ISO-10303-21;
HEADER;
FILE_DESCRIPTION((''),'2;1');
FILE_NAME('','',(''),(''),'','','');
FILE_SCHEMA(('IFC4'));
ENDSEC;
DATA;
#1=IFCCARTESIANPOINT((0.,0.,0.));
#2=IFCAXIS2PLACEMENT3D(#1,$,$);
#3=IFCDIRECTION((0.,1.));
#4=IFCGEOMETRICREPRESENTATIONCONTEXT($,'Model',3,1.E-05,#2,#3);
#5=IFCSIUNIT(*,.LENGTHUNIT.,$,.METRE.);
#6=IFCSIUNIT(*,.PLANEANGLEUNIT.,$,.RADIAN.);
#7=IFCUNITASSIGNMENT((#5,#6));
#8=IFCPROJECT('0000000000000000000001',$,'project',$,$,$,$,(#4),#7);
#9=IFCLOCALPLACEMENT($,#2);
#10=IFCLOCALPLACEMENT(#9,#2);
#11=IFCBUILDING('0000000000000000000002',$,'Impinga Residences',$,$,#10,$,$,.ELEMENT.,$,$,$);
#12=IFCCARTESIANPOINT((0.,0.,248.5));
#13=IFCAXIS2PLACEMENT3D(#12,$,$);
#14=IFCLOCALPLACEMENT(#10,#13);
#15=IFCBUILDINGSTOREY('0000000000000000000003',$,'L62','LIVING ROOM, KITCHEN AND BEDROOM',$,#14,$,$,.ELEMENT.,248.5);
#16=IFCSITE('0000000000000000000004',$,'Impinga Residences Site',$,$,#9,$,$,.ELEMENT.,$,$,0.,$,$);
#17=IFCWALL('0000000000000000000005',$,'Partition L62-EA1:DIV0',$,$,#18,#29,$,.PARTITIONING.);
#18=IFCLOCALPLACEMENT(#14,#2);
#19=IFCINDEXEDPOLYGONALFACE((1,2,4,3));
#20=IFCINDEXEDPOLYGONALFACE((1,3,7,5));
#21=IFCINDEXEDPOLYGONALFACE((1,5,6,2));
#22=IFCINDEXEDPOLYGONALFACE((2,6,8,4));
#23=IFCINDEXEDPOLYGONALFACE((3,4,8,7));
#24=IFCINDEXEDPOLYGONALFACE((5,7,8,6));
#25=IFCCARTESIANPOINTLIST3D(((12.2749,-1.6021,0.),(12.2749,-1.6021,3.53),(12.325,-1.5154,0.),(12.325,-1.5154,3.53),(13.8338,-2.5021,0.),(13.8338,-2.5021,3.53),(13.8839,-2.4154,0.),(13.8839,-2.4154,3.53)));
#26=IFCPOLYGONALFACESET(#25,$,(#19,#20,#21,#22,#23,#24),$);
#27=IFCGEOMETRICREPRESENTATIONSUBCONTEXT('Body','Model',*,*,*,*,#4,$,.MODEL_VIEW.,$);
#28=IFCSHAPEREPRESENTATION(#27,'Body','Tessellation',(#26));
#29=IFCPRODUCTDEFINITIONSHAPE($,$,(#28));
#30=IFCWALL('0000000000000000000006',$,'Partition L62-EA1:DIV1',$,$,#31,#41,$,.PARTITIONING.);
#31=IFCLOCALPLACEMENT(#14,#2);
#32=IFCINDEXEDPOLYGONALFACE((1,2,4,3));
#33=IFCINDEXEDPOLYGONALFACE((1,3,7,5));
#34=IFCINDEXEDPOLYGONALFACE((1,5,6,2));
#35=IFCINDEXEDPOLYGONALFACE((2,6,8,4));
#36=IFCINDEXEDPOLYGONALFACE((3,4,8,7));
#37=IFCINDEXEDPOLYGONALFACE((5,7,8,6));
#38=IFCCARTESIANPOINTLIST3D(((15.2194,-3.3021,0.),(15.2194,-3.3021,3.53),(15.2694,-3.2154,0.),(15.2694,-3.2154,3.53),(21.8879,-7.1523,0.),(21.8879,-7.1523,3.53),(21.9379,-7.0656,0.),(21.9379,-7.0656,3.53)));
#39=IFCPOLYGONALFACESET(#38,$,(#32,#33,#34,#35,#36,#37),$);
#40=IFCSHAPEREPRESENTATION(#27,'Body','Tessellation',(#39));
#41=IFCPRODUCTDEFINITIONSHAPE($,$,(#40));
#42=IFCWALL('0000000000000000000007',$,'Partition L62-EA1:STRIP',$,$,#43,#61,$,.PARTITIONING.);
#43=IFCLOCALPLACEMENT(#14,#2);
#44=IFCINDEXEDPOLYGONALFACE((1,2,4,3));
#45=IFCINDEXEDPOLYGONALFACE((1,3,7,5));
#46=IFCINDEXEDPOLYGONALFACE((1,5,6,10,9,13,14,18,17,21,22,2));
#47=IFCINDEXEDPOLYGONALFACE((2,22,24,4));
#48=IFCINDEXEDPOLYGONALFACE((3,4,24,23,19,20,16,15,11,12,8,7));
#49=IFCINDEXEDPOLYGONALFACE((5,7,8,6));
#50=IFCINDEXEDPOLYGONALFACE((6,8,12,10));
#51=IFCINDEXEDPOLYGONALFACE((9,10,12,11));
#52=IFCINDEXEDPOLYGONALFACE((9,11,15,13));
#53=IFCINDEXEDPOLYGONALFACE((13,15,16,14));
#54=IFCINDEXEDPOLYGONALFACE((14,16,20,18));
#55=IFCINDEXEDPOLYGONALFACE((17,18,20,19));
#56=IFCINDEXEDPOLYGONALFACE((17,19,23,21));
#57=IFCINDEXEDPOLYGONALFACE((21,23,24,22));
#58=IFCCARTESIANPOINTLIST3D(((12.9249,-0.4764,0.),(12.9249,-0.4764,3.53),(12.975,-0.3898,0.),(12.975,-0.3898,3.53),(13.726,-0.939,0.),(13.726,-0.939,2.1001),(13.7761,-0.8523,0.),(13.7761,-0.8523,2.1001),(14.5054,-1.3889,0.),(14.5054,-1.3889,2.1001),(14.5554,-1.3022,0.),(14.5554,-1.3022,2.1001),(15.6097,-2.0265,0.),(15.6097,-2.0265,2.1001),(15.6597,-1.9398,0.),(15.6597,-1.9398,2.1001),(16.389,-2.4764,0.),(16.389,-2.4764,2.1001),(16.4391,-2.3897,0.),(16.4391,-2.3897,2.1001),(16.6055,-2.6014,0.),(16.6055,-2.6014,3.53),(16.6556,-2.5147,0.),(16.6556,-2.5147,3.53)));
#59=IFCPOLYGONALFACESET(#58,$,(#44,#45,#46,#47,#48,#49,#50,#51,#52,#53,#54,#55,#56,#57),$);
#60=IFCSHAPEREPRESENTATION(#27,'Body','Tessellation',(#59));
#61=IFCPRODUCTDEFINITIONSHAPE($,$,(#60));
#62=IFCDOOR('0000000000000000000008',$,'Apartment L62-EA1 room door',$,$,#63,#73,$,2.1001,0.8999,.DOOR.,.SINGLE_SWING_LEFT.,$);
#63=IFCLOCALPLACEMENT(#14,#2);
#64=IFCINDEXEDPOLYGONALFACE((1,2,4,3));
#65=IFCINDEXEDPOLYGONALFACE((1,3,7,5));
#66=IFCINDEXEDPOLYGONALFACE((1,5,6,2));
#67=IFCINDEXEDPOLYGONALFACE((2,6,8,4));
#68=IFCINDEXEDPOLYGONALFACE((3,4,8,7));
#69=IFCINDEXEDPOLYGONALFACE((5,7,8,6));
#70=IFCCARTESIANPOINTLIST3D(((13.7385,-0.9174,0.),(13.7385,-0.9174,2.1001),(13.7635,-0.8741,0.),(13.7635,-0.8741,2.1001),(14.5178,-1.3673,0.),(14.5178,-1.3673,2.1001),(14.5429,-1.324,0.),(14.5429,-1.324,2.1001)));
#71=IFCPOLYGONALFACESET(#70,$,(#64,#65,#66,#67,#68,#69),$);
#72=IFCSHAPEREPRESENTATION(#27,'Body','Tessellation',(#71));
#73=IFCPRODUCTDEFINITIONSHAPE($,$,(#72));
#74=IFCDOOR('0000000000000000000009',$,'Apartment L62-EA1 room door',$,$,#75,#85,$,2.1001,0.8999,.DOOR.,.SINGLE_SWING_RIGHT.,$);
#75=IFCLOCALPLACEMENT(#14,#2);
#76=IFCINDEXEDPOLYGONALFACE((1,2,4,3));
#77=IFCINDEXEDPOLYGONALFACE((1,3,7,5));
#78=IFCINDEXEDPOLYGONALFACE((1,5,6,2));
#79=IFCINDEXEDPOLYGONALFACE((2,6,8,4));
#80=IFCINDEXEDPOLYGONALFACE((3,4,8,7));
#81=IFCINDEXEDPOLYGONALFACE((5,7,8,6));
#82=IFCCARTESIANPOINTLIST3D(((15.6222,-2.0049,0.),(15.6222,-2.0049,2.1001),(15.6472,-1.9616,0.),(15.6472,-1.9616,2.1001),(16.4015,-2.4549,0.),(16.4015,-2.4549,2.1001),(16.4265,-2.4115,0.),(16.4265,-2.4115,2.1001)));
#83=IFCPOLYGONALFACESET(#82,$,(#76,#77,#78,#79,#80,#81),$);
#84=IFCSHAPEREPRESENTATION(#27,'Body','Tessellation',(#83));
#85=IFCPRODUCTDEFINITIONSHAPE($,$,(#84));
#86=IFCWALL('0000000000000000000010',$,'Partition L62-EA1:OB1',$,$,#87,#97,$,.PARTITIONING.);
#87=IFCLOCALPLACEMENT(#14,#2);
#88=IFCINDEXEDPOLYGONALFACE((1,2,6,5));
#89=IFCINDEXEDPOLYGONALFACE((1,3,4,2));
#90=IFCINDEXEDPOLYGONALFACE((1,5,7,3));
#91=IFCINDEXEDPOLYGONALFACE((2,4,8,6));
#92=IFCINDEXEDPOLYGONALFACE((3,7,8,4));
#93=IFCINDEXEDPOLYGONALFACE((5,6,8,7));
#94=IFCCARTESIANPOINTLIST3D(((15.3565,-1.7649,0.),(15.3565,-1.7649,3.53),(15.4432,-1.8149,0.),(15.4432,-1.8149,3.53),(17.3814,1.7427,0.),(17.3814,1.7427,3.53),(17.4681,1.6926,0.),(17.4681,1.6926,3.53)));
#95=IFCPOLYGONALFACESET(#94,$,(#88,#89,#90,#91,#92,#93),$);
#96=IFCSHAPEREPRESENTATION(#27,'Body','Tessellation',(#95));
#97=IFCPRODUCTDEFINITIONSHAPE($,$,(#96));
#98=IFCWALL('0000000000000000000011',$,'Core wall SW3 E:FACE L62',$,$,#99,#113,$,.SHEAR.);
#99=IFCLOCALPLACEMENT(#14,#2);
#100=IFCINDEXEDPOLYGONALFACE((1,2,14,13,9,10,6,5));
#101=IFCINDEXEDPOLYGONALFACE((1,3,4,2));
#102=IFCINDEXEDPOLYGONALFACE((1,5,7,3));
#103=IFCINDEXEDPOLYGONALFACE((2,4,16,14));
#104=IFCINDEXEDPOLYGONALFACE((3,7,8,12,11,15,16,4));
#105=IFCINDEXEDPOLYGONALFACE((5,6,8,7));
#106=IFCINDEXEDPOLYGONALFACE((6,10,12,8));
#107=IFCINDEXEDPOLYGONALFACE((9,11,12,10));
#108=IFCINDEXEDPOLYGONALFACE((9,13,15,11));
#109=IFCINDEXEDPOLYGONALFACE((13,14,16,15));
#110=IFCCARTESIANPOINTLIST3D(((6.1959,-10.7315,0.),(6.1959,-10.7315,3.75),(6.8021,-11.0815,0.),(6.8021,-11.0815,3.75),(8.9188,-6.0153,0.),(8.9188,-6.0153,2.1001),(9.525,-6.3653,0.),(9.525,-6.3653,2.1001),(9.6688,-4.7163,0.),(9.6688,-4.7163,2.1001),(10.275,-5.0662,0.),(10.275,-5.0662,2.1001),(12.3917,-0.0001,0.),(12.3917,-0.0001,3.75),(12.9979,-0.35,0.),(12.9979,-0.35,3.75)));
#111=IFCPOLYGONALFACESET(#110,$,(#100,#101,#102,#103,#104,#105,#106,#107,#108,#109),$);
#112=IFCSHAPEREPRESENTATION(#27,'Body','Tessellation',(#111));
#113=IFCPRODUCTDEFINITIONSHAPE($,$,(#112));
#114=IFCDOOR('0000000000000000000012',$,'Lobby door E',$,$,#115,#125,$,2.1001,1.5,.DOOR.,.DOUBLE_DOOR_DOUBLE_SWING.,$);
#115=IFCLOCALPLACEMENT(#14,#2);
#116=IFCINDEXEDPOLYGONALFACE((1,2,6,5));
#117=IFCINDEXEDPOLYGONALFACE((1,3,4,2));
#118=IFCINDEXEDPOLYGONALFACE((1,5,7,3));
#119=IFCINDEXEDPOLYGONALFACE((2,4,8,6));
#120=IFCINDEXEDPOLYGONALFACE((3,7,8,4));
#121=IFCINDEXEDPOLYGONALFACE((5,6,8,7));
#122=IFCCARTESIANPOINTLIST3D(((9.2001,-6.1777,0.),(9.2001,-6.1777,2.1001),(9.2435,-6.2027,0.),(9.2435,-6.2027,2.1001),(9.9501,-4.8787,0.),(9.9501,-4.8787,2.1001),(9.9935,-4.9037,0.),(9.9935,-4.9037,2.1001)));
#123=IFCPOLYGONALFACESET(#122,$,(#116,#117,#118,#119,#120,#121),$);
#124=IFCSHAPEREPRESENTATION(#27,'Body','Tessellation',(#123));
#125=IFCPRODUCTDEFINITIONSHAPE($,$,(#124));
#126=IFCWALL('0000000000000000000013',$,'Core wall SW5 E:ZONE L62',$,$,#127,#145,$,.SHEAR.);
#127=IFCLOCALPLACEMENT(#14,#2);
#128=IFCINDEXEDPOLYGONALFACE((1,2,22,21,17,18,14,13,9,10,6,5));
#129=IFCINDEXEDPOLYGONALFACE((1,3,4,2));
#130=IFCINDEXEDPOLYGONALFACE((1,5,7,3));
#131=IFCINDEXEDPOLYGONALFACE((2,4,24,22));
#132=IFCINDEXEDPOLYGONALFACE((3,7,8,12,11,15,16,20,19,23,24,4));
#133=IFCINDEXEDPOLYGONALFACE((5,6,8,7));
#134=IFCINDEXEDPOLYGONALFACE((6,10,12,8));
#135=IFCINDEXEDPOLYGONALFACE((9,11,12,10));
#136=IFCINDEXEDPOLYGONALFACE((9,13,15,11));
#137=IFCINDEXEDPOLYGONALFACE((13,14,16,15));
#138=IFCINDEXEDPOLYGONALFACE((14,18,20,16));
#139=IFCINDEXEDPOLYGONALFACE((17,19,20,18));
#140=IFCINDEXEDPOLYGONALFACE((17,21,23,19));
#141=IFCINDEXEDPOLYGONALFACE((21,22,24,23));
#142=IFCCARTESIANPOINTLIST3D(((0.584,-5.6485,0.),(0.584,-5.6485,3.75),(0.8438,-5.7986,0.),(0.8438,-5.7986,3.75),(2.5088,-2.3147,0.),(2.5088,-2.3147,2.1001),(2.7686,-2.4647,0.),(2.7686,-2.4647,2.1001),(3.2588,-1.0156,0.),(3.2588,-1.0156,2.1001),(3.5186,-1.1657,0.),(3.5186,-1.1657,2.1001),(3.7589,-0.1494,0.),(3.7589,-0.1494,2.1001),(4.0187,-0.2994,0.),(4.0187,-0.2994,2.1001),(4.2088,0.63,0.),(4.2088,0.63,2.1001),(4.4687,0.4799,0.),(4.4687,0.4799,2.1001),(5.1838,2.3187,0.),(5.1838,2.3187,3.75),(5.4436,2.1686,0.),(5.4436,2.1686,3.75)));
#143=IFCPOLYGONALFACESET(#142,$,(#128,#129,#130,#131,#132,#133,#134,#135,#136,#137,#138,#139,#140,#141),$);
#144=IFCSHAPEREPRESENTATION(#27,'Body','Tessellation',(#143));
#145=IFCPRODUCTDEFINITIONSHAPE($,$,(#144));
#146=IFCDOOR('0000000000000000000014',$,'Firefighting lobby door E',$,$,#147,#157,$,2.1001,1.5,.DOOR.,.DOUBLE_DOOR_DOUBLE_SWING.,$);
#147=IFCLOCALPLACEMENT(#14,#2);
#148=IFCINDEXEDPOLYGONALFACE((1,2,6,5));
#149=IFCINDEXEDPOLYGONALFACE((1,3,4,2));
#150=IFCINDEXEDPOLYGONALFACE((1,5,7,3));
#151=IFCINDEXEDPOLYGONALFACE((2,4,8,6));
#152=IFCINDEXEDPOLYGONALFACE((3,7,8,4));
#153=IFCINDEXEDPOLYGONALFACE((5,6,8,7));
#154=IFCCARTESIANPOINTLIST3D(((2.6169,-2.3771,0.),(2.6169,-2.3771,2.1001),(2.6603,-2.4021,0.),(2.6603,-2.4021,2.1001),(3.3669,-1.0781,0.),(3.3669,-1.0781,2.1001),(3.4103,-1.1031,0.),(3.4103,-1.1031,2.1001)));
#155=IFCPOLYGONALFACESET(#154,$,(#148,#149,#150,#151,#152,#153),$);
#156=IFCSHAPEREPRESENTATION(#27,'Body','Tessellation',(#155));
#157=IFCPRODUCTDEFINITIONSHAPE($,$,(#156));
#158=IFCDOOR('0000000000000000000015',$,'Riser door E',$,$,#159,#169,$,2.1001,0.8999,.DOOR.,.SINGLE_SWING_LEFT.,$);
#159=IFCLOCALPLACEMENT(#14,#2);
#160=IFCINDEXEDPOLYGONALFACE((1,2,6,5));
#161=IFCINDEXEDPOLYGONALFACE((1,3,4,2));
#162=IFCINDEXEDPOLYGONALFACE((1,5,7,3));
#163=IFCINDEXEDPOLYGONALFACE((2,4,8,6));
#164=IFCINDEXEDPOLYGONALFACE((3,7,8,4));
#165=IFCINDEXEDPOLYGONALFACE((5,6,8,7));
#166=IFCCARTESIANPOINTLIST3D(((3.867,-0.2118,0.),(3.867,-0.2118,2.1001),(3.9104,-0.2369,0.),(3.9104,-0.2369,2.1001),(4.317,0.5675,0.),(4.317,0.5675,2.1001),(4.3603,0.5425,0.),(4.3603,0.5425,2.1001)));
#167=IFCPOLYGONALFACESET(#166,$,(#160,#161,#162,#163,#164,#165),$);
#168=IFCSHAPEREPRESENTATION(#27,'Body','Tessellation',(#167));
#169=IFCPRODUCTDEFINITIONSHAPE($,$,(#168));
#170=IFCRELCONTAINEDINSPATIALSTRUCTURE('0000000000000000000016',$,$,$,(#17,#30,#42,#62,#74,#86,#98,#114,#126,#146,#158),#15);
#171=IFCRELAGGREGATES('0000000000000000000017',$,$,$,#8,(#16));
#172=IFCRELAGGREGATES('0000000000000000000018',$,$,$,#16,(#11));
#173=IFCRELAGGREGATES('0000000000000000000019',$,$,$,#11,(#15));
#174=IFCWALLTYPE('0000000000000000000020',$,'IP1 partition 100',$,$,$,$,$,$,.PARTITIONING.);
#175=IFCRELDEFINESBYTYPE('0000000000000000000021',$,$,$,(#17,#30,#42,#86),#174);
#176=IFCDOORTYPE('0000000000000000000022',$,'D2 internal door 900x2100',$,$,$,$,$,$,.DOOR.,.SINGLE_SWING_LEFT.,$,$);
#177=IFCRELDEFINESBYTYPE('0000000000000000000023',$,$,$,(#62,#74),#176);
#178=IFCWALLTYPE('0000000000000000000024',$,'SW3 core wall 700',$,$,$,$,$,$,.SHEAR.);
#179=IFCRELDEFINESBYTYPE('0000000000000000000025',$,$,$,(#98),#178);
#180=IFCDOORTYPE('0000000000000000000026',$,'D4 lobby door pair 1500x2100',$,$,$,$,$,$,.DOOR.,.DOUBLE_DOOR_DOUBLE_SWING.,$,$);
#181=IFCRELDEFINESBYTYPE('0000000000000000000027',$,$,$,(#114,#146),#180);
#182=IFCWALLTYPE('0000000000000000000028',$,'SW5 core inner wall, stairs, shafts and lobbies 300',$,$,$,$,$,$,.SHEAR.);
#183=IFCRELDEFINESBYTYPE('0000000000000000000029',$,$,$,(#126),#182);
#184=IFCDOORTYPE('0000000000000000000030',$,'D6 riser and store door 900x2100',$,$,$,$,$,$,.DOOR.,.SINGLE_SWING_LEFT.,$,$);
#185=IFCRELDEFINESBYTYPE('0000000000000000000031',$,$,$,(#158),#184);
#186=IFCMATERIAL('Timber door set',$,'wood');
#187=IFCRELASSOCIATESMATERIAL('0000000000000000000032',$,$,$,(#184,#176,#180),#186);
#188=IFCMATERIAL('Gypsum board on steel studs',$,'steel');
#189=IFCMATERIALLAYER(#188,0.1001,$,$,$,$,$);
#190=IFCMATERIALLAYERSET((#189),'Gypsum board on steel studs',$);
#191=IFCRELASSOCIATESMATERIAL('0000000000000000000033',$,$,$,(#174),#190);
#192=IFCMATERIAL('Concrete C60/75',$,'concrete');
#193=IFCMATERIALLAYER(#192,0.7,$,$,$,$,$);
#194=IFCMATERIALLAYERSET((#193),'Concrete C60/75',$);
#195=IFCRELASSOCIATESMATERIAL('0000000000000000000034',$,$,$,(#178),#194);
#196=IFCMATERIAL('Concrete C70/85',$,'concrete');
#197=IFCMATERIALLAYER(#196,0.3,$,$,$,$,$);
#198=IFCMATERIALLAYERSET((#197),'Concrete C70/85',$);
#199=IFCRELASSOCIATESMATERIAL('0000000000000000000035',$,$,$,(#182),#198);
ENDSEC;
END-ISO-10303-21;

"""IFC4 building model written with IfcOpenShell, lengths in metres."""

from ifc_helpers import new_model, si_unit, direction, frame, frame_2d, origin, place, context, subcontext, project, spatial, rectangle, extrude, material, layer, layer_set, type_object, element, fill, save


model = new_model("IFC4")

# Units and contexts
model_context = context("Model", 3, precision=1e-05, world=origin(), true_north=direction((0.0, 1.0)))
body_context = subcontext(model_context, "Body", "Model", "MODEL_VIEW")
ifc_project = project(units=[si_unit("LENGTHUNIT", "METRE"), si_unit("PLANEANGLEUNIT", "RADIAN")], contexts=[model_context])

# Site, building, storey
site_placement = place(None, origin())
site = spatial("IfcSite", under=ifc_project, at=site_placement, Name="Impinga Residences Site", CompositionType="ELEMENT", RefElevation=0.0)
building_placement = place(site_placement, origin())
building = spatial("IfcBuilding", under=site, at=building_placement, Name="Impinga Residences", CompositionType="ELEMENT")
storey_placement = place(building_placement, frame((0.0, 0.0, 248.5)))
storey = spatial("IfcBuildingStorey", under=building, at=storey_placement, Name="L62", Description="LIVING ROOM, KITCHEN AND BEDROOM", CompositionType="ELEMENT", Elevation=248.5)

# Shared definitions
ifc_material_1 = material(Name="Concrete C60/75", Category="concrete")

# Shared definitions
ifc_material_2 = material(Name="Timber door set", Category="wood")
door_type_1 = type_object("IfcDoorType", Name="D6 riser and store door 900x2100", OperationType="SINGLE_SWING_LEFT", PredefinedType="DOOR", material=ifc_material_2)

# Walls
ifc_material_3 = material(Name="Gypsum board on steel studs", Category="steel")
ifc_layer_1 = layer(ifc_material_3, 0.1001)
ifc_layer_set_1 = layer_set([ifc_layer_1], Name="Gypsum board on steel studs")
wall_type_1 = type_object("IfcWallType", Name="IP1 partition 100", PredefinedType="PARTITIONING", material=ifc_layer_set_1)
wall_1_placement = place(storey_placement, frame((12.3, -1.5588, 0.0), z_axis=(0.0, 0.0, 1.0), x_axis=(0.866048, -0.499961, 0.0)))
element("IfcWall", 1, at=wall_1_placement, inside=storey, type_object=wall_type_1, Name="Partition L62-EA1:DIV0", PredefinedType="PARTITIONING", context=body_context, shape_type="SweptSolid", body=[
    extrude(rectangle(XDim=1.8, YDim=0.1001, at=frame_2d((0.8999, 0.0))), origin(), (0.0, 0.0, 1.0), 3.53),
])
wall_2_placement = place(storey_placement, frame((15.2444, -3.2588, 0.0), z_axis=(0.0, 0.0, 1.0), x_axis=(0.866022, -0.500006, 0.0)))
element("IfcWall", 2, at=wall_2_placement, inside=storey, type_object=wall_type_1, Name="Partition L62-EA1:DIV1", PredefinedType="PARTITIONING", context=body_context, shape_type="SweptSolid", body=[
    extrude(rectangle(XDim=7.7002, YDim=0.1001, at=frame_2d((3.8501, 0.0))), origin(), (0.0, 0.0, 1.0), 3.53),
])

# Wall, openings, doors
wall_3_placement = place(storey_placement, frame((12.95, -0.4331, 0.0), z_axis=(0.0, 0.0, 1.0), x_axis=(0.866029, -0.499994, 0.0)))
wall_3 = element("IfcWall", 3, at=wall_3_placement, inside=storey, type_object=wall_type_1, Name="Partition L62-EA1:STRIP", PredefinedType="PARTITIONING", context=body_context, shape_type="SweptSolid", body=[
    extrude(rectangle(XDim=4.25, YDim=0.1001, at=frame_2d((2.125, 0.0))), origin(), (0.0, 0.0, 1.0), 3.53),
])
opening_1_placement = place(wall_3_placement, frame((0.925, 0.0, 0.0)))
opening_1 = element("IfcOpeningElement", 4, at=opening_1_placement, cuts=wall_3, PredefinedType="OPENING", context=body_context, shape_type="SweptSolid", body=[
    extrude(rectangle(XDim=0.8999, YDim=2.1001, at=frame_2d((0.45, 1.05))), frame((0.0, 0.0601, 0.0), z_axis=(0.0, -1.0, 0.0), x_axis=(1.0, 0.0, 0.0)), (0.0, 0.0, 1.0), 0.1201),
])
opening_2_placement = place(wall_3_placement, frame((3.1001, 0.0, 0.0)))
opening_2 = element("IfcOpeningElement", 5, at=opening_2_placement, cuts=wall_3, PredefinedType="OPENING", context=body_context, shape_type="SweptSolid", body=[
    extrude(rectangle(XDim=0.8999, YDim=2.1001, at=frame_2d((0.45, 1.05))), frame((0.0, 0.0601, 0.0), z_axis=(0.0, -1.0, 0.0), x_axis=(1.0, 0.0, 0.0)), (0.0, 0.0, 1.0), 0.1201),
])
door_type_2 = type_object("IfcDoorType", Name="D2 internal door 900x2100", OperationType="SINGLE_SWING_LEFT", PredefinedType="DOOR", material=ifc_material_2)
door_1_placement = place(opening_1_placement, origin())
door_1 = element("IfcDoor", 6, at=door_1_placement, inside=storey, type_object=door_type_2, Name="Apartment L62-EA1 room door", OperationType="SINGLE_SWING_LEFT", OverallHeight=2.1001, OverallWidth=0.8999, PredefinedType="DOOR", context=body_context, shape_type="SweptSolid", body=[
    extrude(rectangle(XDim=0.8999, YDim=2.1001, at=frame_2d((0.45, 1.05))), frame((0.0, 0.0249, 0.0), z_axis=(0.0, -1.0, 0.0), x_axis=(1.0, 0.0, 0.0)), (0.0, 0.0, 1.0), 0.05),
])
fill(opening_1, door_1)
door_2_placement = place(opening_2_placement, origin())
door_2 = element("IfcDoor", 7, at=door_2_placement, inside=storey, type_object=door_type_2, Name="Apartment L62-EA1 room door", OperationType="SINGLE_SWING_RIGHT", OverallHeight=2.1001, OverallWidth=0.8999, PredefinedType="DOOR", context=body_context, shape_type="SweptSolid", body=[
    extrude(rectangle(XDim=0.8999, YDim=2.1001, at=frame_2d((0.45, 1.05))), frame((0.0, 0.0249, 0.0), z_axis=(0.0, -1.0, 0.0), x_axis=(1.0, 0.0, 0.0)), (0.0, 0.0, 1.0), 0.05),
])
fill(opening_2, door_2)

# Wall
wall_4_placement = place(storey_placement, frame((15.3999, -1.7898, 0.0), z_axis=(0.0, 0.0, 1.0), x_axis=(0.499964, 0.866046, 0.0)))
element("IfcWall", 8, at=wall_4_placement, inside=storey, type_object=wall_type_1, Name="Partition L62-EA1:OB1", PredefinedType="PARTITIONING", context=body_context, shape_type="SweptSolid", body=[
    extrude(rectangle(XDim=4.05, YDim=0.1001, at=frame_2d((2.0249, 0.0))), origin(), (0.0, 0.0, 1.0), 3.53),
])

# Wall, opening, door
ifc_layer_2 = layer(ifc_material_1, 0.7)
ifc_layer_set_2 = layer_set([ifc_layer_2], Name="Concrete C60/75")
wall_type_2 = type_object("IfcWallType", Name="SW3 core wall 700", PredefinedType="SHEAR", material=ifc_layer_set_2)
wall_5_placement = place(storey_placement, frame((12.6948, -0.175, 0.0), z_axis=(0.0, 0.0, 1.0), x_axis=(-0.5, -0.866025, 0.0)))
wall_5 = element("IfcWall", 9, at=wall_5_placement, inside=storey, type_object=wall_type_2, Name="Core wall SW3 E:FACE L62", PredefinedType="SHEAR", context=body_context, shape_type="SweptSolid", body=[
    extrude(rectangle(XDim=12.3916, YDim=0.7, at=frame_2d((6.1958, 0.0))), origin(), (0.0, 0.0, 1.0), 3.75),
])
opening_3_placement = place(wall_5_placement, frame((5.4458, 0.0, 0.0)))
opening_3 = element("IfcOpeningElement", 10, at=opening_3_placement, cuts=wall_5, PredefinedType="OPENING", context=body_context, shape_type="SweptSolid", body=[
    extrude(rectangle(XDim=1.5, YDim=2.1001, at=frame_2d((0.75, 1.05))), frame((0.0, 0.3599, 0.0), z_axis=(0.0, -1.0, 0.0), x_axis=(1.0, 0.0, 0.0)), (0.0, 0.0, 1.0), 0.72),
])
door_type_3 = type_object("IfcDoorType", Name="D4 lobby door pair 1500x2100", OperationType="DOUBLE_DOOR_DOUBLE_SWING", PredefinedType="DOOR", material=ifc_material_2)
door_3_placement = place(opening_3_placement, origin())
door_3 = element("IfcDoor", 11, at=door_3_placement, inside=storey, type_object=door_type_3, Name="Lobby door E", OperationType="DOUBLE_DOOR_DOUBLE_SWING", OverallHeight=2.1001, OverallWidth=1.5, PredefinedType="DOOR", context=body_context, shape_type="SweptSolid", body=[
    extrude(rectangle(XDim=1.5, YDim=2.1001, at=frame_2d((0.75, 1.05))), frame((0.0, 0.0249, 0.0), z_axis=(0.0, -1.0, 0.0), x_axis=(1.0, 0.0, 0.0)), (0.0, 0.0, 1.0), 0.05),
])
fill(opening_3, door_3)

# Wall, openings, doors
ifc_material_4 = material(Name="Concrete C70/85", Category="concrete")
ifc_layer_3 = layer(ifc_material_4, 0.3)
ifc_layer_set_3 = layer_set([ifc_layer_3], Name="Concrete C70/85")
wall_type_3 = type_object("IfcWallType", Name="SW5 core inner wall, stairs, shafts and lobbies 300", PredefinedType="SHEAR", material=ifc_layer_set_3)
wall_6_placement = place(storey_placement, frame((5.3137, 2.2437, 0.0), z_axis=(0.0, 0.0, 1.0), x_axis=(-0.499995, -0.866028, 0.0)))
wall_6 = element("IfcWall", 12, at=wall_6_placement, inside=storey, type_object=wall_type_3, Name="Core wall SW5 E:ZONE L62", PredefinedType="SHEAR", context=body_context, shape_type="SweptSolid", body=[
    extrude(rectangle(XDim=9.1997, YDim=0.3, at=frame_2d((4.5999, 0.0))), origin(), (0.0, 0.0, 1.0), 3.75),
])
opening_4_placement = place(wall_6_placement, frame((3.8501, 0.0, 0.0)))
opening_4 = element("IfcOpeningElement", 13, at=opening_4_placement, cuts=wall_6, PredefinedType="OPENING", context=body_context, shape_type="SweptSolid", body=[
    extrude(rectangle(XDim=1.5, YDim=2.1001, at=frame_2d((0.75, 1.05))), frame((0.0, 0.1599, 0.0), z_axis=(0.0, -1.0, 0.0), x_axis=(1.0, 0.0, 0.0)), (0.0, 0.0, 1.0), 0.3201),
])
opening_5_placement = place(wall_6_placement, frame((1.95, 0.0, 0.0)))
opening_5 = element("IfcOpeningElement", 14, at=opening_5_placement, cuts=wall_6, PredefinedType="OPENING", context=body_context, shape_type="SweptSolid", body=[
    extrude(rectangle(XDim=0.8999, YDim=2.1001, at=frame_2d((0.45, 1.05))), frame((0.0, 0.1599, 0.0), z_axis=(0.0, -1.0, 0.0), x_axis=(1.0, 0.0, 0.0)), (0.0, 0.0, 1.0), 0.3201),
])
door_4_placement = place(opening_4_placement, origin())
door_4 = element("IfcDoor", 15, at=door_4_placement, inside=storey, type_object=door_type_3, Name="Firefighting lobby door E", OperationType="DOUBLE_DOOR_DOUBLE_SWING", OverallHeight=2.1001, OverallWidth=1.5, PredefinedType="DOOR", context=body_context, shape_type="SweptSolid", body=[
    extrude(rectangle(XDim=1.5, YDim=2.1001, at=frame_2d((0.75, 1.05))), frame((0.0, 0.0249, 0.0), z_axis=(0.0, -1.0, 0.0), x_axis=(1.0, 0.0, 0.0)), (0.0, 0.0, 1.0), 0.05),
])
fill(opening_4, door_4)
door_5_placement = place(opening_5_placement, origin())
door_5 = element("IfcDoor", 16, at=door_5_placement, inside=storey, type_object=door_type_1, Name="Riser door E", OperationType="SINGLE_SWING_LEFT", OverallHeight=2.1001, OverallWidth=0.8999, PredefinedType="DOOR", context=body_context, shape_type="SweptSolid", body=[
    extrude(rectangle(XDim=0.8999, YDim=2.1001, at=frame_2d((0.45, 1.05))), frame((0.0, 0.0249, 0.0), z_axis=(0.0, -1.0, 0.0), x_axis=(1.0, 0.0, 0.0)), (0.0, 0.0, 1.0), 0.05),
])
fill(opening_5, door_5)

save(model, "model.ifc")
